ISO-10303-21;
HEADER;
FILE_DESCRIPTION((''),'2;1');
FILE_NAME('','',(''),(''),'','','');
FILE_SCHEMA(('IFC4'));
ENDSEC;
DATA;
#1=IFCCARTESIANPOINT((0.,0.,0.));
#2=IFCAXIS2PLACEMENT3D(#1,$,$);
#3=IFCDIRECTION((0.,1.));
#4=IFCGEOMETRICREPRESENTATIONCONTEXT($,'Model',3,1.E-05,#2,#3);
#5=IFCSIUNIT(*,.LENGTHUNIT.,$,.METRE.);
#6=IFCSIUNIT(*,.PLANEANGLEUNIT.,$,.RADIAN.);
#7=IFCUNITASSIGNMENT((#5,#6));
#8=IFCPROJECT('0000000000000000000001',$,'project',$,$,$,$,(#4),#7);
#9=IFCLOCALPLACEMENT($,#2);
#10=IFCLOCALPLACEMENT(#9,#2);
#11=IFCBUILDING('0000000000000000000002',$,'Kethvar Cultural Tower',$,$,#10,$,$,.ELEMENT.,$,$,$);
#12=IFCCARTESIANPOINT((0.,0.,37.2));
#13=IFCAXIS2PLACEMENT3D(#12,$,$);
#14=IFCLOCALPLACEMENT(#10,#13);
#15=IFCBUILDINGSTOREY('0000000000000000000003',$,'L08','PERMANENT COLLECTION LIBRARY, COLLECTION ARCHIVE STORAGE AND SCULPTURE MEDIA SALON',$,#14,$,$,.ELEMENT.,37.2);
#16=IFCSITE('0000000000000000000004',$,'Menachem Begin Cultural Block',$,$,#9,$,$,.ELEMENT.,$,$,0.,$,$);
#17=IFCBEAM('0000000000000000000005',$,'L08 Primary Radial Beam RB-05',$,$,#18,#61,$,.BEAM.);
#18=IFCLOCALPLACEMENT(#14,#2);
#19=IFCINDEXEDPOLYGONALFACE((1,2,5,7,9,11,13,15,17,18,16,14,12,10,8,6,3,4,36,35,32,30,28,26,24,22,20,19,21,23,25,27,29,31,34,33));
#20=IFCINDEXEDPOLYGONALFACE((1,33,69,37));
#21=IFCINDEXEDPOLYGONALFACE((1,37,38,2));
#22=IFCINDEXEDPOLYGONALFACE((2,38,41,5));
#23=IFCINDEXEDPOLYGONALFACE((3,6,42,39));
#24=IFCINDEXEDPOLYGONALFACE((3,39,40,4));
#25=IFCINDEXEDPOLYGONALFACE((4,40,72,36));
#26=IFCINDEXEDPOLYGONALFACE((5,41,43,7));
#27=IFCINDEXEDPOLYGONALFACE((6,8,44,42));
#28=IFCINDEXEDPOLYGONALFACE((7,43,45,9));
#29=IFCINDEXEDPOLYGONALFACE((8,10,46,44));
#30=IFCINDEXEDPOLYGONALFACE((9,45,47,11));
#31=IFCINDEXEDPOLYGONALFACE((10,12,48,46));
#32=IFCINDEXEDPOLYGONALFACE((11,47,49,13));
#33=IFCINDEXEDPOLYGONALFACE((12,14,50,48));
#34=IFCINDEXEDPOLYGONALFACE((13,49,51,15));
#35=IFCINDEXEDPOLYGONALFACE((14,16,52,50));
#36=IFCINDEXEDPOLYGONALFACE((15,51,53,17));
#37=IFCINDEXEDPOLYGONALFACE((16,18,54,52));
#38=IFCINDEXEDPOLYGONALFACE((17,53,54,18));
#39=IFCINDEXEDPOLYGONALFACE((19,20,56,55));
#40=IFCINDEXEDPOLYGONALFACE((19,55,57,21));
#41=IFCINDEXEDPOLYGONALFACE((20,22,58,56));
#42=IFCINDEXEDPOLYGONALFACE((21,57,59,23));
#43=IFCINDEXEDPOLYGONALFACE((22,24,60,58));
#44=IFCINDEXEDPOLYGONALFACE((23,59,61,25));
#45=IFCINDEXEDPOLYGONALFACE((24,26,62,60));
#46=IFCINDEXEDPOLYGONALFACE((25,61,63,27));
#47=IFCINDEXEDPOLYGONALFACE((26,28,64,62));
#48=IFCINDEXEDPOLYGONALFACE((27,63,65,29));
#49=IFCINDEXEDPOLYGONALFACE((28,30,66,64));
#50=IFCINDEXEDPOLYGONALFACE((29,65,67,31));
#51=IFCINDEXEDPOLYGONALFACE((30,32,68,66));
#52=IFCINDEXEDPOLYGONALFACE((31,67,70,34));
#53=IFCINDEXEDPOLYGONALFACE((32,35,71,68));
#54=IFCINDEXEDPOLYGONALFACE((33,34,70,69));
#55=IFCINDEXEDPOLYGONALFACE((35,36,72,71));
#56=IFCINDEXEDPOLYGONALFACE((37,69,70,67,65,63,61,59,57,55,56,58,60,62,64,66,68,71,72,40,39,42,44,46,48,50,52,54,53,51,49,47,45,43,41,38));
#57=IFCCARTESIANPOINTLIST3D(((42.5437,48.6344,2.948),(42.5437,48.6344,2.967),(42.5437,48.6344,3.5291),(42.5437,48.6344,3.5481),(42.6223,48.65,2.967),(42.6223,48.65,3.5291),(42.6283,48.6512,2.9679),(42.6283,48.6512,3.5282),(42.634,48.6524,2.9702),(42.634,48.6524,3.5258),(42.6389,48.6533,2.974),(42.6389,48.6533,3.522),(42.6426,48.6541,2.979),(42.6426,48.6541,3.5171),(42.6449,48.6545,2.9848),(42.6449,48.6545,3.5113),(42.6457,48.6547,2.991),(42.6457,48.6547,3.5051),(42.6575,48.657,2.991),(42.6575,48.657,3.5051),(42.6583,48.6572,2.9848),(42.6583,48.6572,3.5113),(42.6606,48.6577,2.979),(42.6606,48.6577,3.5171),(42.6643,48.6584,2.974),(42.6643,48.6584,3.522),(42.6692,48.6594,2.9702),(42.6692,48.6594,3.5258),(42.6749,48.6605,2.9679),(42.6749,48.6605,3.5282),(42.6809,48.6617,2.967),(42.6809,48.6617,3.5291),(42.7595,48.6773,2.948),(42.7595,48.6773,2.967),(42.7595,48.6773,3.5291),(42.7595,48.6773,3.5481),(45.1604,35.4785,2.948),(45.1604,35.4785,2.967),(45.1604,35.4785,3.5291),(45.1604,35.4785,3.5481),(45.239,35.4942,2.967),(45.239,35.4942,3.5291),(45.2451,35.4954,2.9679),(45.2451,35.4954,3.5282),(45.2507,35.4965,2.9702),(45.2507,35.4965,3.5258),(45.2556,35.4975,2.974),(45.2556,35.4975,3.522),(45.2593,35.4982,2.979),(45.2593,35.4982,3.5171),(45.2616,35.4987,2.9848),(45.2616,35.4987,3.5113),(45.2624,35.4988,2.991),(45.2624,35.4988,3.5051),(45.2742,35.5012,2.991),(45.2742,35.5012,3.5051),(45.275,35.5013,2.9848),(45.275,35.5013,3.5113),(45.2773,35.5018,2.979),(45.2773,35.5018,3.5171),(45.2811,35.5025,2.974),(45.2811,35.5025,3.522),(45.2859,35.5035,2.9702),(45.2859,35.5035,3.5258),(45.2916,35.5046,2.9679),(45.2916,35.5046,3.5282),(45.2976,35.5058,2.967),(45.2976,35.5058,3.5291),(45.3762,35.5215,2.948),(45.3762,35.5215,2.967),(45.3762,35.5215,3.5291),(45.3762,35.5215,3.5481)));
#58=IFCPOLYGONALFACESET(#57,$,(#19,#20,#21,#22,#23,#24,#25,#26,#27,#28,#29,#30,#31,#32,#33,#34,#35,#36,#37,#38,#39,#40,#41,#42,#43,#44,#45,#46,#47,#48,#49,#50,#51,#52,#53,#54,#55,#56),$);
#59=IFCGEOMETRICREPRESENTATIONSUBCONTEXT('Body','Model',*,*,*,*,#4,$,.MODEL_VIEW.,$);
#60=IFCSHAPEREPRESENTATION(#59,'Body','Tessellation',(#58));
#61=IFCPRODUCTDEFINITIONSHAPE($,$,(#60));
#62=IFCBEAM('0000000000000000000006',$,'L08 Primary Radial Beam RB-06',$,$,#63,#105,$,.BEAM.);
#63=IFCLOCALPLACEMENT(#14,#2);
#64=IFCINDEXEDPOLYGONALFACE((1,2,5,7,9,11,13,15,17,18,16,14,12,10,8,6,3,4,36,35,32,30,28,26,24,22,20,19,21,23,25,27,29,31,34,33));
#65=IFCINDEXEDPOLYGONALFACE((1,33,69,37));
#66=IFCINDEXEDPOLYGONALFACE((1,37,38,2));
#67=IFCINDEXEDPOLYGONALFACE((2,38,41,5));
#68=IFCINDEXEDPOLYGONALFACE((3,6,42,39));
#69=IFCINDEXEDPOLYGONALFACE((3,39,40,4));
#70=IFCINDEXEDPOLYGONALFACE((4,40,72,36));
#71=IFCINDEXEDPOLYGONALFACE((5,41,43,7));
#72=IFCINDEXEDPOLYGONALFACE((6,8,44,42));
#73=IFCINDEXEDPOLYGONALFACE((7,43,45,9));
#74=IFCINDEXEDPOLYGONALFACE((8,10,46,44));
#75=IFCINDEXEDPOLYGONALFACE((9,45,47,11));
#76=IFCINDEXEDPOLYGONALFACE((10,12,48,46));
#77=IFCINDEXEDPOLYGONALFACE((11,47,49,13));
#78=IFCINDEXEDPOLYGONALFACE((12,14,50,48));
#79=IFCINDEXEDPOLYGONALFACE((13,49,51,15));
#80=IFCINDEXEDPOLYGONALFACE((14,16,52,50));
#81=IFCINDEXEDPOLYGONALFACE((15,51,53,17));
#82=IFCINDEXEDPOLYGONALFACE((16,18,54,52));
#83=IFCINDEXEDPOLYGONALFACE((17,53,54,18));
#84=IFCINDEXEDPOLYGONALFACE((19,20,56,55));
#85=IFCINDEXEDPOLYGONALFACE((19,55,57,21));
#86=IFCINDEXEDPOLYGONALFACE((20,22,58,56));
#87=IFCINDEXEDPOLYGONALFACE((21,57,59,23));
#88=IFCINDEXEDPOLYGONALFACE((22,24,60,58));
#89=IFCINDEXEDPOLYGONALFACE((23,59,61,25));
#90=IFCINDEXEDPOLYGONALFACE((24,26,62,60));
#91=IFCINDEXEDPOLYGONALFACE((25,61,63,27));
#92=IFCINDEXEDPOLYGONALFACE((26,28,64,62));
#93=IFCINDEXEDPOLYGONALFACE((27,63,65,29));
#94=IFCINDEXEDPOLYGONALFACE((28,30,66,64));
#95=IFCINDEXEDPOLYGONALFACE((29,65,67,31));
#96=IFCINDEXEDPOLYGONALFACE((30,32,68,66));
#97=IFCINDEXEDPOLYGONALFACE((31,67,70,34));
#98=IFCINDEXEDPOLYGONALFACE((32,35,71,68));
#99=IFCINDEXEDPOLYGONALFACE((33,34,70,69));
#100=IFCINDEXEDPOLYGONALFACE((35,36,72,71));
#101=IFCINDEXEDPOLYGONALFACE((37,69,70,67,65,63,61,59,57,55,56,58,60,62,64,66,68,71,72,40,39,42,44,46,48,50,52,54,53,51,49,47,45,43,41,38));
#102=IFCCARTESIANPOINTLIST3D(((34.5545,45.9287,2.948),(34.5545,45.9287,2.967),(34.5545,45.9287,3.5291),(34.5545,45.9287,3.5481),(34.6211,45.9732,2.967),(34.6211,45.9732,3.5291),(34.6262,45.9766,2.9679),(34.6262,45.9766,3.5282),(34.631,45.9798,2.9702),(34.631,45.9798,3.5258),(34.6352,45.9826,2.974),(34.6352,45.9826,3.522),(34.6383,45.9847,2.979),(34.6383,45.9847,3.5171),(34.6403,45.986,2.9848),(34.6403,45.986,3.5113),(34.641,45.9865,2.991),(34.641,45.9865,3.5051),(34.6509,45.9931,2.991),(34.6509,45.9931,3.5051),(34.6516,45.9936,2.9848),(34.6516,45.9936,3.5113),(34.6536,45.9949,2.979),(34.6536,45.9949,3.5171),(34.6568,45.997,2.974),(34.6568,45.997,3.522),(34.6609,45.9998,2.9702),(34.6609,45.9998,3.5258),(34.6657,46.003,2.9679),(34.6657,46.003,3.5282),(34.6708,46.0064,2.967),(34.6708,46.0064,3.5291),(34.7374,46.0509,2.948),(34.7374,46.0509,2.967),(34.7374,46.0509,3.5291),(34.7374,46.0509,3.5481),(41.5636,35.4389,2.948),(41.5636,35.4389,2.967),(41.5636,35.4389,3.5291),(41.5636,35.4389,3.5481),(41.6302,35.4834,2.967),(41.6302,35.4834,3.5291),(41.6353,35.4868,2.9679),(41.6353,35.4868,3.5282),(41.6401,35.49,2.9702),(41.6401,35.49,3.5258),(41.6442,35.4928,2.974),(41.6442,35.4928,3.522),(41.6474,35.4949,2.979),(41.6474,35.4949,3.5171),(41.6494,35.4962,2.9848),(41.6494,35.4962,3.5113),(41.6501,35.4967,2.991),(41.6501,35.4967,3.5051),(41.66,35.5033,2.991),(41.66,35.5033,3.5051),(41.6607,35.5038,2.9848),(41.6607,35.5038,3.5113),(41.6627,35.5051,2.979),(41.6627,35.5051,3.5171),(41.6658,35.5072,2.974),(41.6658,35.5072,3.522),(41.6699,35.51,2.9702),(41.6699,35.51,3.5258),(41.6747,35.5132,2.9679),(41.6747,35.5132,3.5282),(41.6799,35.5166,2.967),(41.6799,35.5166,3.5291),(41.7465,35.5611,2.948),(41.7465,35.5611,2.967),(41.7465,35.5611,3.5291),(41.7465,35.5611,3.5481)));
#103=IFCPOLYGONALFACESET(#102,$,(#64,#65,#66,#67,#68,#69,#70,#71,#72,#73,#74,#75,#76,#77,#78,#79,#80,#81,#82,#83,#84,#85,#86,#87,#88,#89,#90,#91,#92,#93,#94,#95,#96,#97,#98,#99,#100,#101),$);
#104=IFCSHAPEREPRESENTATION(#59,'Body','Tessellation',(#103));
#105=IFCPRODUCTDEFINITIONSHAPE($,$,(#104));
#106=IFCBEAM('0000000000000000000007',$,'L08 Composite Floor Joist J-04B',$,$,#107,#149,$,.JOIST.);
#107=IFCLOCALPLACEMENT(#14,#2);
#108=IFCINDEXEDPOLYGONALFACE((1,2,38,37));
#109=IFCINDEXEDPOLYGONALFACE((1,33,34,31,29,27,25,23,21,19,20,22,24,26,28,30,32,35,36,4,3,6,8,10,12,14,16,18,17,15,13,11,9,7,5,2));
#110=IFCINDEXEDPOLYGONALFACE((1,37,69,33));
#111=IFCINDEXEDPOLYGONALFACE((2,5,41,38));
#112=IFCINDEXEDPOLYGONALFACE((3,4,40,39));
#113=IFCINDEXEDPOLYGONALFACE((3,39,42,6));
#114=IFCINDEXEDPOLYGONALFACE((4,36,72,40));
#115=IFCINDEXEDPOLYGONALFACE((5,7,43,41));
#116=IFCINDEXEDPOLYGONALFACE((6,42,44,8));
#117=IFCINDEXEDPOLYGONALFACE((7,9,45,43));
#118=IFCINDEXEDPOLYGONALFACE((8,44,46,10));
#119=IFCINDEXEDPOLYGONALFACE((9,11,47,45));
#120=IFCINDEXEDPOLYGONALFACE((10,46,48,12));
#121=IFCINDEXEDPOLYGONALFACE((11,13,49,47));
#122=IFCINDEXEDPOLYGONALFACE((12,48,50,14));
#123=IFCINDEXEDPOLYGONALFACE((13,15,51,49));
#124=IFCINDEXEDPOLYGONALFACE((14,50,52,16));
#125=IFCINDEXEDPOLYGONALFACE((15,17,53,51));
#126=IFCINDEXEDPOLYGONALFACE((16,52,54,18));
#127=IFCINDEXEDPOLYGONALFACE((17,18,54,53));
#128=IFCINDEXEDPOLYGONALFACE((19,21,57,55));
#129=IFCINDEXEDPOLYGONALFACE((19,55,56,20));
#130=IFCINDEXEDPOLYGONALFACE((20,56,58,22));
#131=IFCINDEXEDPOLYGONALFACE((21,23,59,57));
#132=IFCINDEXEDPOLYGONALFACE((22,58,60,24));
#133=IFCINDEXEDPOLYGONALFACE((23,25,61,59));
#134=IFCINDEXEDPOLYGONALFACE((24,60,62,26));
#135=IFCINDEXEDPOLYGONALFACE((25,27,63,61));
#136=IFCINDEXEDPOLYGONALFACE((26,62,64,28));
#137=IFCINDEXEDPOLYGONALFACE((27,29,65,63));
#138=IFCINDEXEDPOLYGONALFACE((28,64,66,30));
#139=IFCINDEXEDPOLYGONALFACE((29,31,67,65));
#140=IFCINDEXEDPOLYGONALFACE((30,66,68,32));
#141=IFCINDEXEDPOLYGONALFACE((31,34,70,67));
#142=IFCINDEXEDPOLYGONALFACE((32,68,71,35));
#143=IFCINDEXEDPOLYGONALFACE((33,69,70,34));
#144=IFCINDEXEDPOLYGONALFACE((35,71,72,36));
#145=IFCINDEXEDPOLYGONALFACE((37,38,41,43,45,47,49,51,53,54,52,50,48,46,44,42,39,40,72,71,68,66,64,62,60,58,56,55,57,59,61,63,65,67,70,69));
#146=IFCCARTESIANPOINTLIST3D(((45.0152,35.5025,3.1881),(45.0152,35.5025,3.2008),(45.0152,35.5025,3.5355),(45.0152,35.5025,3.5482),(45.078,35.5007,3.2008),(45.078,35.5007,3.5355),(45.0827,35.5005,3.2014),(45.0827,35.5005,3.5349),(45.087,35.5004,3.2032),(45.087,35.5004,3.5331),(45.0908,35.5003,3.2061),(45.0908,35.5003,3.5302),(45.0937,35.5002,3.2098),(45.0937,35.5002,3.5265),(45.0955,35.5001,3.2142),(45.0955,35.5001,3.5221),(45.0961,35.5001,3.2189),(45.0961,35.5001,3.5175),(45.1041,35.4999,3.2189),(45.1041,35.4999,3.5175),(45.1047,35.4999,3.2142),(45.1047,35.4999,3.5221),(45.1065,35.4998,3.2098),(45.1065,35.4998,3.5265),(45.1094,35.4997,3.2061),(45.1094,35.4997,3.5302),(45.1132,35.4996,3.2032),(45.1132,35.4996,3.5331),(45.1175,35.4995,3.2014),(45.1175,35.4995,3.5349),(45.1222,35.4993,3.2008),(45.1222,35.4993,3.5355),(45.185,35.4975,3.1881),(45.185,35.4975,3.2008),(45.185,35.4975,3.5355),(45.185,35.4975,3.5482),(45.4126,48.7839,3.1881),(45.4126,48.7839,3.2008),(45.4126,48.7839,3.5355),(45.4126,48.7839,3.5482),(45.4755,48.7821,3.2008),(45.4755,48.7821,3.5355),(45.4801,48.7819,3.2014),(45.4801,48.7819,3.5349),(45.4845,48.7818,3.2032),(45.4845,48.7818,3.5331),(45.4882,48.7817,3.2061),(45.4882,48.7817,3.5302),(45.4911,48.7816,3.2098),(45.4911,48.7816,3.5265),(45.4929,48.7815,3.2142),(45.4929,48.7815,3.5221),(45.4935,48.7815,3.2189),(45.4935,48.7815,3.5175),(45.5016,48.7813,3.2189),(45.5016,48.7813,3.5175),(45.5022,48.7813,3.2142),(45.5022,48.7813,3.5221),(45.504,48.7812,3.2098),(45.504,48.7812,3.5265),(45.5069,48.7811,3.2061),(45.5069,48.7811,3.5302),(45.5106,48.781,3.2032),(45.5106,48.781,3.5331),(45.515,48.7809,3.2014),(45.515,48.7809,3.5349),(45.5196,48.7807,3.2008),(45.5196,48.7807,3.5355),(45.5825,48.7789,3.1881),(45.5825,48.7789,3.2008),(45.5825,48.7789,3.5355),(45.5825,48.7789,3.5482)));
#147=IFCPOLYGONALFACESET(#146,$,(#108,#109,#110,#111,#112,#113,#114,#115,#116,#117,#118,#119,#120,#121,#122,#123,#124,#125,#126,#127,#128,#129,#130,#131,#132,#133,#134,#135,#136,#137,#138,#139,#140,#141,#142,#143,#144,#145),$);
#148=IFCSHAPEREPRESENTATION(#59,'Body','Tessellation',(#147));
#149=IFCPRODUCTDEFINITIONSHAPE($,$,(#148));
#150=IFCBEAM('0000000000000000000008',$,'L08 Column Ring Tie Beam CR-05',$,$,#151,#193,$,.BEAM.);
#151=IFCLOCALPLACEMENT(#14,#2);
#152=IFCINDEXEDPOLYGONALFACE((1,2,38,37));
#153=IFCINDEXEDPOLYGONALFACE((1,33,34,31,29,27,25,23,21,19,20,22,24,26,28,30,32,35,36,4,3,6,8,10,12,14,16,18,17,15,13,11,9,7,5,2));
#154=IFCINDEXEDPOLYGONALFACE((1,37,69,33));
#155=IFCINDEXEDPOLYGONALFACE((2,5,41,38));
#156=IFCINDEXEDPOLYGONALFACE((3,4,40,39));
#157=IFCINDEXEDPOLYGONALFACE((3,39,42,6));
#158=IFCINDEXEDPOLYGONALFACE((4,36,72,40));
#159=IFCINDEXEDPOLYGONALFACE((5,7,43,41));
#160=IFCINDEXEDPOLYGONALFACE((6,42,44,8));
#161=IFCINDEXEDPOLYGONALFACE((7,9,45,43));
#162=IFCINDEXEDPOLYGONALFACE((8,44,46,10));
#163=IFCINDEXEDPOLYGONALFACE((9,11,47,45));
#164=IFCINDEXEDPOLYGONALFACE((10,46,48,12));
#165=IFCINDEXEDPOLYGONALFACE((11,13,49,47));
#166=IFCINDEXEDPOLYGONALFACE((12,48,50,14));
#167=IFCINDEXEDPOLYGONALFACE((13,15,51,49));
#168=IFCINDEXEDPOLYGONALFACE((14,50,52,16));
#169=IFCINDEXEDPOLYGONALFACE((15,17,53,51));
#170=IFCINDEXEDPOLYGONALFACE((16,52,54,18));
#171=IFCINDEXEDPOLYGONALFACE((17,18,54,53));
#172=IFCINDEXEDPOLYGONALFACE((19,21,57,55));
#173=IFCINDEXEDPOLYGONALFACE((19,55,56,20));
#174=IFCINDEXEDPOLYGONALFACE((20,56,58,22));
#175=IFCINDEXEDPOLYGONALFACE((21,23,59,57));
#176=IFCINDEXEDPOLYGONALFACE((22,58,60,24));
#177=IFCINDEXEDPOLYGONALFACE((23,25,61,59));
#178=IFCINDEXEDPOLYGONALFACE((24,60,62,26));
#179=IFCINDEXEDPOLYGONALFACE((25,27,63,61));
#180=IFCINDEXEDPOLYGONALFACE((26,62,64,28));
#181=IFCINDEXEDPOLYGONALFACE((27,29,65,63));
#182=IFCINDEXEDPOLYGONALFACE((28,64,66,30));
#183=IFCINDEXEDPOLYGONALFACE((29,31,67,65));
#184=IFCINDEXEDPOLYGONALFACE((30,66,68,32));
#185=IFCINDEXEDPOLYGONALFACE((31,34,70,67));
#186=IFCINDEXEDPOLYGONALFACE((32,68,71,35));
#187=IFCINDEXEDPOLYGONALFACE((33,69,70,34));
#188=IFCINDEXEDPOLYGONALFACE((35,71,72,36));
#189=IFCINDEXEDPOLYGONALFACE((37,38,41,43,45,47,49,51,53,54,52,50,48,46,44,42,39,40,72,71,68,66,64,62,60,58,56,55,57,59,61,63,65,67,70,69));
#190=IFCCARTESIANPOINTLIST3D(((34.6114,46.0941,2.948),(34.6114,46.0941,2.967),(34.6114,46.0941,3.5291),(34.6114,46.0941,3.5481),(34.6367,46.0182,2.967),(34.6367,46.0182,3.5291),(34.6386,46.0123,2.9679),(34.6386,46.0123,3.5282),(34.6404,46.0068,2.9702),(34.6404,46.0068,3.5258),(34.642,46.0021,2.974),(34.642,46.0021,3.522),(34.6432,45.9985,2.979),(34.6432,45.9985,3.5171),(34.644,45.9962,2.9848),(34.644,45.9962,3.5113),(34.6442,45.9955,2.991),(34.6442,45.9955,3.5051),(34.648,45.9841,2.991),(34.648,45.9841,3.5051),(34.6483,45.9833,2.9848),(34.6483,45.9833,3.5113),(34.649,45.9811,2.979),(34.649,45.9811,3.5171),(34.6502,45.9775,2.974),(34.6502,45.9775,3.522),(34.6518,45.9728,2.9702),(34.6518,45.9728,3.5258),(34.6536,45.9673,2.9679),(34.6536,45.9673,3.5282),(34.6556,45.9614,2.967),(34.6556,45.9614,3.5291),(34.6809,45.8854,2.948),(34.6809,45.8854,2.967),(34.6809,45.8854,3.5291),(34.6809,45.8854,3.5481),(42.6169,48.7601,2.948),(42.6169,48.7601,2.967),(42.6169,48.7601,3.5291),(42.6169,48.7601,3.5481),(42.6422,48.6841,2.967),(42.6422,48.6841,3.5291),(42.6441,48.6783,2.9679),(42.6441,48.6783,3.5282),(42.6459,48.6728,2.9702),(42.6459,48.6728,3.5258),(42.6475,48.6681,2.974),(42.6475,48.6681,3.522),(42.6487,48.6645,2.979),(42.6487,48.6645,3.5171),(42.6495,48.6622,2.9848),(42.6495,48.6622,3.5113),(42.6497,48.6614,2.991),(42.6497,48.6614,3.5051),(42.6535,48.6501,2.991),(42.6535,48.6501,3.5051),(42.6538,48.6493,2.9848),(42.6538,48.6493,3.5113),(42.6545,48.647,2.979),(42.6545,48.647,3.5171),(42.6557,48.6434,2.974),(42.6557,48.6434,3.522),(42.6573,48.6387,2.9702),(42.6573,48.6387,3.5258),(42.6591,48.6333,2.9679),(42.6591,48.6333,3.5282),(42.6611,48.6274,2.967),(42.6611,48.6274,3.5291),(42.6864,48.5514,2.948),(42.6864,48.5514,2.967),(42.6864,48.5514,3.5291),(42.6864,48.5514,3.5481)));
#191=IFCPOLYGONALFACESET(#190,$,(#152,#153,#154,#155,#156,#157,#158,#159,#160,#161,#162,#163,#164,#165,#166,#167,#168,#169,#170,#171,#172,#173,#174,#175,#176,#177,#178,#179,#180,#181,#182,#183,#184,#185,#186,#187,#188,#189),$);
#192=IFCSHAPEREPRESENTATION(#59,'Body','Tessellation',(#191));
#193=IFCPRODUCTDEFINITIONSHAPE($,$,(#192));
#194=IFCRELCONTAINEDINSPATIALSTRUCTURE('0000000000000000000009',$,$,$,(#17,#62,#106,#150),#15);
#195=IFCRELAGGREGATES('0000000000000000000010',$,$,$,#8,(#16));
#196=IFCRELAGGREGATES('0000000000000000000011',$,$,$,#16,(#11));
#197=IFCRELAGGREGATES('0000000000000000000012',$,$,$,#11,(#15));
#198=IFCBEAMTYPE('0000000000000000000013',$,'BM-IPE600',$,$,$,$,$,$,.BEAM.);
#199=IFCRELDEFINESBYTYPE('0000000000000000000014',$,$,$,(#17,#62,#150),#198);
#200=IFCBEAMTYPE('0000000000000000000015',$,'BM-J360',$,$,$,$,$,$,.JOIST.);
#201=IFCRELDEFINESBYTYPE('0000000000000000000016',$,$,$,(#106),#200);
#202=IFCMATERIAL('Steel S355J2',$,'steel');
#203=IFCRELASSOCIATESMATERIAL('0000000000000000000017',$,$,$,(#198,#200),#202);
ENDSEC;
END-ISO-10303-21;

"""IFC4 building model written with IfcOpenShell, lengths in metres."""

from ifc_helpers import new_model, si_unit, direction, frame, origin, origin_2d, place, context, subcontext, project, spatial, i_section, extrude, source, transform, mapped, material, material_profile, profile_set, type_object, element, save


model = new_model("IFC4")

# Units and contexts
model_context = context("Model", 3, precision=1e-05, world=origin(), true_north=direction((0.0, 1.0)))
body_context = subcontext(model_context, "Body", "Model", "MODEL_VIEW")
ifc_project = project(units=[si_unit("LENGTHUNIT", "METRE"), si_unit("PLANEANGLEUNIT", "RADIAN")], contexts=[model_context])

# Site, building, storey
site_placement = place(None, origin())
site = spatial("IfcSite", under=ifc_project, at=site_placement, Name="Menachem Begin Cultural Block", CompositionType="ELEMENT", RefElevation=0.0)
building_placement = place(site_placement, origin())
building = spatial("IfcBuilding", under=site, at=building_placement, Name="Kethvar Cultural Tower", CompositionType="ELEMENT")
storey_placement = place(building_placement, frame((0.0, 0.0, 37.2)))
storey = spatial("IfcBuildingStorey", under=building, at=storey_placement, Name="L08", Description="PERMANENT COLLECTION LIBRARY, COLLECTION ARCHIVE STORAGE AND SCULPTURE MEDIA SALON", CompositionType="ELEMENT", Elevation=37.2)

# Beams
ifc_material_1 = material(Name="Steel S355J2", Category="steel")
ifc_material_profile_1 = material_profile(ifc_material_1, i_section(OverallWidth=0.22, OverallDepth=0.6001, WebThickness=0.012, FlangeThickness=0.019, FilletRadius=0.0239, at=origin_2d()), Name="Steel S355J2 — IPE600")
ifc_profile_set_1 = profile_set([ifc_material_profile_1], Name="Steel S355J2 — IPE600")
beam_type_1 = type_object("IfcBeamType", Name="BM-IPE600", PredefinedType="BEAM", material=ifc_profile_set_1)
shared_shape_1 = source(origin(), body_context, "Body", "SweptSolid", [
    extrude(i_section(OverallWidth=0.22, OverallDepth=0.6001, WebThickness=0.012, FlangeThickness=0.019, FilletRadius=0.0239, at=origin_2d()), origin(), (0.0, 0.0, 1.0), 13.4136),
])
beam_1_placement = place(storey_placement, frame((45.2683, 35.5, 3.248), z_axis=(-0.19508, 0.980787, 0.0), x_axis=(-0.980787, -0.19508, 0.0)))
element("IfcBeam", 1, at=beam_1_placement, inside=storey, type_object=beam_type_1, Name="L08 Primary Radial Beam RB-05", PredefinedType="BEAM", context=body_context, shape_type="MappedRepresentation", body=[
    mapped(shared_shape_1, transform((0.0, 0.0, 0.0), scale=1.0)),
])
shared_shape_2 = source(origin(), body_context, "Body", "SweptSolid", [
    extrude(i_section(OverallWidth=0.22, OverallDepth=0.6001, WebThickness=0.012, FlangeThickness=0.019, FilletRadius=0.0239, at=origin_2d()), origin(), (0.0, 0.0, 1.0), 12.616),
])
beam_2_placement = place(storey_placement, frame((41.655, 35.5, 3.248), z_axis=(-0.555571, 0.831469, 0.0), x_axis=(-0.831469, -0.555571, 0.0)))
element("IfcBeam", 2, at=beam_2_placement, inside=storey, type_object=beam_type_1, Name="L08 Primary Radial Beam RB-06", PredefinedType="BEAM", context=body_context, shape_type="MappedRepresentation", body=[
    mapped(shared_shape_2, transform((0.0, 0.0, 0.0), scale=1.0)),
])
ifc_material_profile_2 = material_profile(ifc_material_1, i_section(OverallWidth=0.1699, OverallDepth=0.3601, WebThickness=0.0081, FlangeThickness=0.0127, FilletRadius=0.0181, at=origin_2d()), Name="Steel S355J2 — IPE360")
ifc_profile_set_2 = profile_set([ifc_material_profile_2], Name="Steel S355J2 — IPE360")
beam_type_2 = type_object("IfcBeamType", Name="BM-J360", PredefinedType="JOIST", material=ifc_profile_set_2)
shared_shape_3 = source(origin(), body_context, "Body", "SweptSolid", [
    extrude(i_section(OverallWidth=0.1699, OverallDepth=0.3601, WebThickness=0.0081, FlangeThickness=0.0127, FilletRadius=0.0181, at=origin_2d()), origin(), (0.0, 0.0, 1.0), 13.2874),
])
beam_3_placement = place(storey_placement, frame((45.1001, 35.5, 3.3682), z_axis=(0.029913, 0.999553, 0.0), x_axis=(-0.999553, 0.029913, 0.0)))
element("IfcBeam", 3, at=beam_3_placement, inside=storey, type_object=beam_type_2, Name="L08 Composite Floor Joist J-04B", PredefinedType="JOIST", context=body_context, shape_type="MappedRepresentation", body=[
    mapped(shared_shape_3, transform((0.0, 0.0, 0.0), scale=1.0)),
])
shared_shape_4 = source(origin(), body_context, "Body", "SweptSolid", [
    extrude(i_section(OverallWidth=0.22, OverallDepth=0.6001, WebThickness=0.012, FlangeThickness=0.019, FilletRadius=0.0239, at=origin_2d()), origin(), (0.0, 0.0, 1.0), 8.4377),
])
beam_4_placement = place(storey_placement, frame((42.6516, 48.6558, 3.248), z_axis=(-0.948773, -0.315959, 0.0), x_axis=(0.315959, -0.948773, 0.0)))
element("IfcBeam", 4, at=beam_4_placement, inside=storey, type_object=beam_type_1, Name="L08 Column Ring Tie Beam CR-05", PredefinedType="BEAM", context=body_context, shape_type="MappedRepresentation", body=[
    mapped(shared_shape_4, transform((0.0, 0.0, 0.0), scale=1.0)),
])

save(model, "model.ifc")
